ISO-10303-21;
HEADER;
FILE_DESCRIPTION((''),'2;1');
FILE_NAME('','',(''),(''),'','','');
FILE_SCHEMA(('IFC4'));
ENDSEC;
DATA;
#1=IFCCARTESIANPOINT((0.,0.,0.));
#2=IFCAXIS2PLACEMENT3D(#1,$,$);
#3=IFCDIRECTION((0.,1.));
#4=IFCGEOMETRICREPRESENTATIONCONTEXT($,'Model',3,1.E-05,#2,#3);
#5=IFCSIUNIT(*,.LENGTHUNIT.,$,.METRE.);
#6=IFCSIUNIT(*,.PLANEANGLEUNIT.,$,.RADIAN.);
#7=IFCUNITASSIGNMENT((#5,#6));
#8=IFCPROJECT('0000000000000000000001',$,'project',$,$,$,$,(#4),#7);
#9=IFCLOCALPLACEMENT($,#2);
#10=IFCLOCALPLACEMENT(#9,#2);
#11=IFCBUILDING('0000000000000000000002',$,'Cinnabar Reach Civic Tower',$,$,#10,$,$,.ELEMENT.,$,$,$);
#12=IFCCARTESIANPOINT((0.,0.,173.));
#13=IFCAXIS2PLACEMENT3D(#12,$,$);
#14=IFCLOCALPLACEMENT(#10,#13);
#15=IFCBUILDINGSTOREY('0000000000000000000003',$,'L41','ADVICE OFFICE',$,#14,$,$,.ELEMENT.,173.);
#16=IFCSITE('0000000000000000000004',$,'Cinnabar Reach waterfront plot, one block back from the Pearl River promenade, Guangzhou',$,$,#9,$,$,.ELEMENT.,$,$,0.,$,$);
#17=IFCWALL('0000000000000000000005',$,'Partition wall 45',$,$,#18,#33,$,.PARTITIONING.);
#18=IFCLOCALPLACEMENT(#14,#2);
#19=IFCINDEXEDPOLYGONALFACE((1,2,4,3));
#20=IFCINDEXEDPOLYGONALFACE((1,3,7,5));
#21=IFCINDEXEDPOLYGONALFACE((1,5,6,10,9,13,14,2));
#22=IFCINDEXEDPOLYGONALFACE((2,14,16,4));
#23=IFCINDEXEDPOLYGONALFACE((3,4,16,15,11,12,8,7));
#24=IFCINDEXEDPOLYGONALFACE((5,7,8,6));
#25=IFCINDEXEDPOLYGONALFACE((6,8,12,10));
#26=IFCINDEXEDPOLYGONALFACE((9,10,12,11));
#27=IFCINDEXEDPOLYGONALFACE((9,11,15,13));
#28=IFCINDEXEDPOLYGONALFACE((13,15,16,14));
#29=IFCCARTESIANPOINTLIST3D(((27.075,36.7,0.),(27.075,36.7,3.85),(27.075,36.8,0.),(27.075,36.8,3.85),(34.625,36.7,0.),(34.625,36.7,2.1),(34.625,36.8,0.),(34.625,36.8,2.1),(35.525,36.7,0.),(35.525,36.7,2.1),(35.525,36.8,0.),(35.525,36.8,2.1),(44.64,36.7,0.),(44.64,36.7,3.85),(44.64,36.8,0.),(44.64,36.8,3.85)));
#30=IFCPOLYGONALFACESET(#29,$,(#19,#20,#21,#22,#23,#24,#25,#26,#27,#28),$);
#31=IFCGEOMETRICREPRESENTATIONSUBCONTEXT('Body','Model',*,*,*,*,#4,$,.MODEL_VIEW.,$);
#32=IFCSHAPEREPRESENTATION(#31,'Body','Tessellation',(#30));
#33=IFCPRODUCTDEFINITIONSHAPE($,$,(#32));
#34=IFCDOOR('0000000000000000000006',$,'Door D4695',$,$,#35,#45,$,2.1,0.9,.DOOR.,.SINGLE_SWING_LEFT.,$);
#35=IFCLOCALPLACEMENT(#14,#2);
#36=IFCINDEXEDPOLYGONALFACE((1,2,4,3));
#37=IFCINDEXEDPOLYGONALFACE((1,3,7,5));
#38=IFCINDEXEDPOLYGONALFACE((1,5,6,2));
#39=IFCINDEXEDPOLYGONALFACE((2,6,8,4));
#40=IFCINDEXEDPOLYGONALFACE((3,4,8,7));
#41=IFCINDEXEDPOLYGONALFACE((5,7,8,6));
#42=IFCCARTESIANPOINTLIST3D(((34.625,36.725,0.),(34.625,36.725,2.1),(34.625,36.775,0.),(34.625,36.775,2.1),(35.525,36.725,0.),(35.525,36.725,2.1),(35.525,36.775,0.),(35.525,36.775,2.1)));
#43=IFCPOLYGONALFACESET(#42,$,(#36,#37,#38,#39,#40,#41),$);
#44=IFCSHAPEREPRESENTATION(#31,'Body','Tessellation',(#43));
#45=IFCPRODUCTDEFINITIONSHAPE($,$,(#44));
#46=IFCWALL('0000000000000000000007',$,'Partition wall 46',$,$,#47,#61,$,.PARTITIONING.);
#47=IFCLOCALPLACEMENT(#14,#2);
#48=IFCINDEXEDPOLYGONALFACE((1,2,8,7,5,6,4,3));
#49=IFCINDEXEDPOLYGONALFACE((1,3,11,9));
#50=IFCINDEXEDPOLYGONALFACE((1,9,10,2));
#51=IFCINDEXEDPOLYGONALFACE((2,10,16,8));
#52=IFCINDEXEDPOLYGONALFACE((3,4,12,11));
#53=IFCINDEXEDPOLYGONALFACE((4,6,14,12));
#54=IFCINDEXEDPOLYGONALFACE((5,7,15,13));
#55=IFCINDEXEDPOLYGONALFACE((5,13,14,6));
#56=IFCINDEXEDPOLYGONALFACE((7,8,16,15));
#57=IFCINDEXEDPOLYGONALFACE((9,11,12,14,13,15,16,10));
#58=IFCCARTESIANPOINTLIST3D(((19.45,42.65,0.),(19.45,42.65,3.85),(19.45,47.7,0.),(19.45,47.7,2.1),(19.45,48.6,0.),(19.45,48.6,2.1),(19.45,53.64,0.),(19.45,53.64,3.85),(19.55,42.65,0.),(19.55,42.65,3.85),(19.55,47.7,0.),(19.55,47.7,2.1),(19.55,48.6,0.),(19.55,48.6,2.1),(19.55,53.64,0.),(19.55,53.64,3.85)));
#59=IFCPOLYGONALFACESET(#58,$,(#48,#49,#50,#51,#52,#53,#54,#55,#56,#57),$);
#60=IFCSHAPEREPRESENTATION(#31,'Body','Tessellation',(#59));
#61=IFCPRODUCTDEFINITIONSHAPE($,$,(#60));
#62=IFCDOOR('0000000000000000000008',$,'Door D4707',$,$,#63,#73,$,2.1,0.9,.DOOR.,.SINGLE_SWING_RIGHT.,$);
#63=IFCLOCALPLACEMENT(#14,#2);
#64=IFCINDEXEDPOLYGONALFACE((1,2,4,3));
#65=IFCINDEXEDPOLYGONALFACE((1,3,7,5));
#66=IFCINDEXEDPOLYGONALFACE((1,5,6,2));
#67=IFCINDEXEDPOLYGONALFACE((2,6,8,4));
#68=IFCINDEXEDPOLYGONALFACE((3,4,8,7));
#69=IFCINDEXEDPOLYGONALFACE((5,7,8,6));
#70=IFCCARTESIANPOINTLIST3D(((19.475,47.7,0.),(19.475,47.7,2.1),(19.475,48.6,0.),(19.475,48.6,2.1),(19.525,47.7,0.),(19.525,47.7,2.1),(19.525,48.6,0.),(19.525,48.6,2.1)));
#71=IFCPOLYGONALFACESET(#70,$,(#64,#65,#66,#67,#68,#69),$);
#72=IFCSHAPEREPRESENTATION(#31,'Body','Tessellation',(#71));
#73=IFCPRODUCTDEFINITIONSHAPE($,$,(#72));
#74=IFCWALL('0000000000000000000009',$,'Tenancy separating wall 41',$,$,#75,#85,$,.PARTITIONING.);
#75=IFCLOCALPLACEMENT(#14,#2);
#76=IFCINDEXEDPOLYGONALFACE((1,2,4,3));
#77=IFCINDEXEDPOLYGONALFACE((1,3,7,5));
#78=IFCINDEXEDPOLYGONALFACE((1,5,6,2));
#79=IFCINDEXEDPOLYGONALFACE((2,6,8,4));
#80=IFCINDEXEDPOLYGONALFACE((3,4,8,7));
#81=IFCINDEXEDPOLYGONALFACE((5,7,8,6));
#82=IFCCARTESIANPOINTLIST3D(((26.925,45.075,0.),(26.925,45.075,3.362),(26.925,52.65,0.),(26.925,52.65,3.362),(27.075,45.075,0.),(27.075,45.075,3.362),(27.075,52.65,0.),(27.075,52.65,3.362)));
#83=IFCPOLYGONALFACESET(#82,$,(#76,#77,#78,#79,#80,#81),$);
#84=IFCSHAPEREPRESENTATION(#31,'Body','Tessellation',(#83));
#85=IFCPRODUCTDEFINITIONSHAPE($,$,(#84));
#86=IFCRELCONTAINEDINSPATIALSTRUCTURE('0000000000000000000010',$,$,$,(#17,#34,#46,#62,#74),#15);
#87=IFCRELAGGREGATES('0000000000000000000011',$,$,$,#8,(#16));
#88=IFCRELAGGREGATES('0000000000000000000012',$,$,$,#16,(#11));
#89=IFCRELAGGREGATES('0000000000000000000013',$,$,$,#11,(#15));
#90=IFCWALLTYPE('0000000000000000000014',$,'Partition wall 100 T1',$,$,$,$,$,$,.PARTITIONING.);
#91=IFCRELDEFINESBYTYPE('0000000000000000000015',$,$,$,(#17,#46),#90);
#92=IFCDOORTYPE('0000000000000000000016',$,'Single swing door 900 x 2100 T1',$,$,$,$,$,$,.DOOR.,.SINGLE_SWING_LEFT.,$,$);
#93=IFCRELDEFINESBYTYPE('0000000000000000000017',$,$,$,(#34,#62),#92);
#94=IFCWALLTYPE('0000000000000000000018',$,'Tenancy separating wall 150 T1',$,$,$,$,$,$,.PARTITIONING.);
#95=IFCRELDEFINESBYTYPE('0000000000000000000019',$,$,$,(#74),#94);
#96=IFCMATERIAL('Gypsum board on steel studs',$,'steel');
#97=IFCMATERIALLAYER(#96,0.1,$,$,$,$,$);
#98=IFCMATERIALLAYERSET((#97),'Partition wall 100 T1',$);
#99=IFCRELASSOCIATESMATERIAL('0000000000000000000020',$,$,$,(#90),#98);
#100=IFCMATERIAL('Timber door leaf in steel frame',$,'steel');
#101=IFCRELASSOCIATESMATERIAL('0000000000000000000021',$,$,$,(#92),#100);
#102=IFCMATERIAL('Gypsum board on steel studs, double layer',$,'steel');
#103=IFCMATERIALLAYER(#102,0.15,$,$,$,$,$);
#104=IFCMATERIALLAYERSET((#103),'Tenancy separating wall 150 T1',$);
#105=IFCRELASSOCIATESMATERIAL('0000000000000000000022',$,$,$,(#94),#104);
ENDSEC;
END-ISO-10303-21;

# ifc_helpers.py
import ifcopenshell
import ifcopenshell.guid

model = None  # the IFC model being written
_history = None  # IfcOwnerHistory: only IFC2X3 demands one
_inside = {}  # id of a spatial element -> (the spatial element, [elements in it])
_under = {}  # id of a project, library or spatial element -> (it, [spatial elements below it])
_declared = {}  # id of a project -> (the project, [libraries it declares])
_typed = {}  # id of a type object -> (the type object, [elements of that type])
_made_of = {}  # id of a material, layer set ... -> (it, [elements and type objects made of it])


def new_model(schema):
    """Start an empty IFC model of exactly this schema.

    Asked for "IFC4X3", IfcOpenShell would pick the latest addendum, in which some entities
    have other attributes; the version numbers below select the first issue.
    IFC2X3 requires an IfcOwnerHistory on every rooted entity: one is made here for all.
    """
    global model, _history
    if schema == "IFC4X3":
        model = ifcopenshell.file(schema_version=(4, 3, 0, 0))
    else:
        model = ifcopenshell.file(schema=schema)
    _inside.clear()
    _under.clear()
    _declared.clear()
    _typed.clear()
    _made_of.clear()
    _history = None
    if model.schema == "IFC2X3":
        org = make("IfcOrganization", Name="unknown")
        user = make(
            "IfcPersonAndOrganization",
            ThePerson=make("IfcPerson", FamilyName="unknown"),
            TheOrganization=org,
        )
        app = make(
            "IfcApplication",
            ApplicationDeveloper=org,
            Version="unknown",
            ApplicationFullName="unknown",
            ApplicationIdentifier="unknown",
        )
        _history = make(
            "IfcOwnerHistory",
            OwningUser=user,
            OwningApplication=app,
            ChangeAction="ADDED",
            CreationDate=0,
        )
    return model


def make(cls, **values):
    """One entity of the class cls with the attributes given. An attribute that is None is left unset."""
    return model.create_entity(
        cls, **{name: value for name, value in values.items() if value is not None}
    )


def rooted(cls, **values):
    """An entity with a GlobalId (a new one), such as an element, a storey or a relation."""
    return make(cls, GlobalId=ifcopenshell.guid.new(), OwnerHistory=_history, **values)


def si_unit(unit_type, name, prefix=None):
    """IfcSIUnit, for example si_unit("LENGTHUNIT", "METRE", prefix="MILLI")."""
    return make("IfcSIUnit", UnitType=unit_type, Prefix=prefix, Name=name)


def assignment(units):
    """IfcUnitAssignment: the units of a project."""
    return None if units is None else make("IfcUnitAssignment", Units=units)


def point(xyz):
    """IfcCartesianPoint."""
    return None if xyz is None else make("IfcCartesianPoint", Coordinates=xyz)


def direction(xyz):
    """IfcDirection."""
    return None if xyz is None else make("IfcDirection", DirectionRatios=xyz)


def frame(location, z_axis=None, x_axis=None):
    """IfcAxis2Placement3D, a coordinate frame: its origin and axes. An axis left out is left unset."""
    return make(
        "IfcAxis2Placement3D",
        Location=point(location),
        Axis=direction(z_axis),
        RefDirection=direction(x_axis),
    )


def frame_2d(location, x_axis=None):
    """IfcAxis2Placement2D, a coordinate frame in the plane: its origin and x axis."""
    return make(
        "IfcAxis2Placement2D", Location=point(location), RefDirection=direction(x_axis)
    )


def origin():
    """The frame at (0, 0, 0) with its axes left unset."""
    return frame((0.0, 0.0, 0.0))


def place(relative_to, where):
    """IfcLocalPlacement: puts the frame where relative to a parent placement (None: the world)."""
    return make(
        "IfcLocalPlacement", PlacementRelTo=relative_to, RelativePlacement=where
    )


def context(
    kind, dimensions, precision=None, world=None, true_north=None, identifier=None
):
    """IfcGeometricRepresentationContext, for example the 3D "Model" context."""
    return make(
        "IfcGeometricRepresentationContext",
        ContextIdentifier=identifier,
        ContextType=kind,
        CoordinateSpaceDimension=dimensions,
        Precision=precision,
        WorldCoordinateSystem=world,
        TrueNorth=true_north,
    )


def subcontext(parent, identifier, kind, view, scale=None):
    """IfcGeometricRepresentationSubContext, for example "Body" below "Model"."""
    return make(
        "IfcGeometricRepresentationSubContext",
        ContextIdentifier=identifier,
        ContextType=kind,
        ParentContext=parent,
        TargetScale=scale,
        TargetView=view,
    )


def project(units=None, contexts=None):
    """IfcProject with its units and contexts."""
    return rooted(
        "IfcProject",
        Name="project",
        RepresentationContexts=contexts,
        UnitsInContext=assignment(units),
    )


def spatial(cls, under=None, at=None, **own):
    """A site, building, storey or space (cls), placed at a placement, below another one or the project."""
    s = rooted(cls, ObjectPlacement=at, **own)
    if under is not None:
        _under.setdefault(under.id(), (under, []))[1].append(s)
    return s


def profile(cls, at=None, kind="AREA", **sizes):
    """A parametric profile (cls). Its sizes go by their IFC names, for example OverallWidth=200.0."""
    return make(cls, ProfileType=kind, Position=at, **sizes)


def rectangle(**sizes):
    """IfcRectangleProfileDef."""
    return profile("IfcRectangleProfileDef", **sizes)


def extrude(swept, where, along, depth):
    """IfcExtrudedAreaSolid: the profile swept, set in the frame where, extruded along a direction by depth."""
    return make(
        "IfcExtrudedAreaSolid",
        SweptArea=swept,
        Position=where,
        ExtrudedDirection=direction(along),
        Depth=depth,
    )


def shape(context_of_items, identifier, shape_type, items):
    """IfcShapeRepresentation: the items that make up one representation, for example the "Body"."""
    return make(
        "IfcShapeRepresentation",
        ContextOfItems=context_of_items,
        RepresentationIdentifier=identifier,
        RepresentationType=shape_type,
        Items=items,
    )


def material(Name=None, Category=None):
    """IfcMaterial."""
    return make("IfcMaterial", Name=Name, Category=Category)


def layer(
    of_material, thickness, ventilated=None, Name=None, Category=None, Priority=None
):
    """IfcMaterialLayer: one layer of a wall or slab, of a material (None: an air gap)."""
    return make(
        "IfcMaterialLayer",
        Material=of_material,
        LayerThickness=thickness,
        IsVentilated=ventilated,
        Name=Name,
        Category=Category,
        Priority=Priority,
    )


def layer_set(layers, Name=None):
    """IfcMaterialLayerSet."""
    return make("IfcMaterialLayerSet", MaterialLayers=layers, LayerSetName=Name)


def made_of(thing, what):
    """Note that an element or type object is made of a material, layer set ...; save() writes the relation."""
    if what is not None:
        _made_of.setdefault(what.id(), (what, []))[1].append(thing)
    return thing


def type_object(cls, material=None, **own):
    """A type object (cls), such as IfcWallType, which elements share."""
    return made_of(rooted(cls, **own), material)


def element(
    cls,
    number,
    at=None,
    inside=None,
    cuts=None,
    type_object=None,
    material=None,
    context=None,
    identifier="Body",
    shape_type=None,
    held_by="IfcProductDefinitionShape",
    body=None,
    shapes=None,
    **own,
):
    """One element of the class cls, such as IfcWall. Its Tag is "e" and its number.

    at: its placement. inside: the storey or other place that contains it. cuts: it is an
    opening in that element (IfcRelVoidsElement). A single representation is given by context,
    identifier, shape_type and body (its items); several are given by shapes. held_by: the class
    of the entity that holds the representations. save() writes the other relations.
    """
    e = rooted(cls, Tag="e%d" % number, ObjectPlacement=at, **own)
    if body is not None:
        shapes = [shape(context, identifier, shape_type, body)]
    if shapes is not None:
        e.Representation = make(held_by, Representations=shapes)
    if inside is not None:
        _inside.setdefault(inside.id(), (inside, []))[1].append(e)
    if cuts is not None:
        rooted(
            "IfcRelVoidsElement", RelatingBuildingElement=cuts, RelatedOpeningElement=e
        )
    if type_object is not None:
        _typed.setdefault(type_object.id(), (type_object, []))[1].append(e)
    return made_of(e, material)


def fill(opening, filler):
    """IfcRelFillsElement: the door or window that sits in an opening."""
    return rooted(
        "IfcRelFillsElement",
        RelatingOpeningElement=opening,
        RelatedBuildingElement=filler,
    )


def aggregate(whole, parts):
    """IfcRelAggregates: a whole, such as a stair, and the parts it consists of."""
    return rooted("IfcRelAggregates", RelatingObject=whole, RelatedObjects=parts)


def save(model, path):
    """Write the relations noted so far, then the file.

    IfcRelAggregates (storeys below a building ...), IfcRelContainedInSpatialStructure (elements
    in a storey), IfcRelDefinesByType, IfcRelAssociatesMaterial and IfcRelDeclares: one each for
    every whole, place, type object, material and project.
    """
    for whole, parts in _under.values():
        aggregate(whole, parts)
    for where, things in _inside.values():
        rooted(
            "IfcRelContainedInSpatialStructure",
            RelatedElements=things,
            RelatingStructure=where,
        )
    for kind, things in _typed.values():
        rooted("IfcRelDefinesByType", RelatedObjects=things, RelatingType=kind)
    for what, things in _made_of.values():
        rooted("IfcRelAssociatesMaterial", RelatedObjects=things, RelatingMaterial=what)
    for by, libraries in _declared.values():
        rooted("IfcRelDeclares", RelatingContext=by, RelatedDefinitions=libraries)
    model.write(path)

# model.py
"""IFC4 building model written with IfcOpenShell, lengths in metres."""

from ifc_helpers import new_model, si_unit, direction, frame, frame_2d, origin, place, context, subcontext, project, spatial, rectangle, extrude, material, layer, layer_set, type_object, element, fill, save


model = new_model("IFC4")

# Units and contexts
model_context = context("Model", 3, precision=1e-05, world=origin(), true_north=direction((0.0, 1.0)))
body_context = subcontext(model_context, "Body", "Model", "MODEL_VIEW")
ifc_project = project(units=[si_unit("LENGTHUNIT", "METRE"), si_unit("PLANEANGLEUNIT", "RADIAN")], contexts=[model_context])

# Site, building, storey
site_placement = place(None, origin())
site = spatial("IfcSite", under=ifc_project, at=site_placement, Name="Cinnabar Reach waterfront plot, one block back from the Pearl River promenade, Guangzhou", CompositionType="ELEMENT", RefElevation=0.0)
building_placement = place(site_placement, origin())
building = spatial("IfcBuilding", under=site, at=building_placement, Name="Cinnabar Reach Civic Tower", CompositionType="ELEMENT")
storey_placement = place(building_placement, frame((0.0, 0.0, 173.0)))
storey = spatial("IfcBuildingStorey", under=building, at=storey_placement, Name="L41", Description="ADVICE OFFICE", CompositionType="ELEMENT", Elevation=173.0)

# Shared definitions
ifc_material_1 = material(Name="Gypsum board on steel studs, double layer", Category="steel")
ifc_material_2 = material(Name="Timber door leaf in steel frame", Category="steel")

# Walls, openings, doors
ifc_material_3 = material(Name="Gypsum board on steel studs", Category="steel")
ifc_layer_1 = layer(ifc_material_3, 0.1)
ifc_layer_set_1 = layer_set([ifc_layer_1], Name="Partition wall 100 T1")
wall_type_1 = type_object("IfcWallType", Name="Partition wall 100 T1", PredefinedType="PARTITIONING", material=ifc_layer_set_1)
wall_1_placement = place(storey_placement, frame((27.075, 36.75, 0.0), z_axis=(0.0, 0.0, 1.0), x_axis=(1.0, 0.0, 0.0)))
wall_1 = element("IfcWall", 1, at=wall_1_placement, inside=storey, type_object=wall_type_1, Name="Partition wall 45", PredefinedType="PARTITIONING", context=body_context, shape_type="SweptSolid", body=[
    extrude(rectangle(XDim=17.565, YDim=0.1, at=frame_2d((8.7825, 0.0))), origin(), (0.0, 0.0, 1.0), 3.85),
])
opening_1_placement = place(wall_1_placement, frame((7.55, 0.0, 0.0)))
opening_1 = element("IfcOpeningElement", 2, at=opening_1_placement, cuts=wall_1, PredefinedType="OPENING", context=body_context, shape_type="SweptSolid", body=[
    extrude(rectangle(XDim=0.9, YDim=2.1, at=frame_2d((0.45, 1.05))), frame((0.0, 0.06, 0.0), z_axis=(0.0, -1.0, 0.0), x_axis=(1.0, 0.0, 0.0)), (0.0, 0.0, 1.0), 0.12),
])
door_type_1 = type_object("IfcDoorType", Name="Single swing door 900 x 2100 T1", OperationType="SINGLE_SWING_LEFT", PredefinedType="DOOR", material=ifc_material_2)
door_1_placement = place(opening_1_placement, frame((0.9, 0.0, 0.0), z_axis=(0.0, 0.0, 1.0), x_axis=(-1.0, 0.0, 0.0)))
door_1 = element("IfcDoor", 3, at=door_1_placement, inside=storey, type_object=door_type_1, Name="Door D4695", OperationType="SINGLE_SWING_LEFT", OverallHeight=2.1, OverallWidth=0.9, PredefinedType="DOOR", context=body_context, shape_type="SweptSolid", body=[
    extrude(rectangle(XDim=0.9, YDim=2.1, at=frame_2d((0.45, 1.05))), frame((0.0, 0.025, 0.0), z_axis=(0.0, -1.0, 0.0), x_axis=(1.0, 0.0, 0.0)), (0.0, 0.0, 1.0), 0.05),
])
fill(opening_1, door_1)
wall_2_placement = place(storey_placement, frame((19.5, 42.65, 0.0), z_axis=(0.0, 0.0, 1.0), x_axis=(0.0, 1.0, 0.0)))
wall_2 = element("IfcWall", 4, at=wall_2_placement, inside=storey, type_object=wall_type_1, Name="Partition wall 46", PredefinedType="PARTITIONING", context=body_context, shape_type="SweptSolid", body=[
    extrude(rectangle(XDim=10.99, YDim=0.1, at=frame_2d((5.495, 0.0))), origin(), (0.0, 0.0, 1.0), 3.85),
])
opening_2_placement = place(wall_2_placement, frame((5.05, 0.0, 0.0)))
opening_2 = element("IfcOpeningElement", 5, at=opening_2_placement, cuts=wall_2, PredefinedType="OPENING", context=body_context, shape_type="SweptSolid", body=[
    extrude(rectangle(XDim=0.9, YDim=2.1, at=frame_2d((0.45, 1.05))), frame((0.0, 0.06, 0.0), z_axis=(0.0, -1.0, 0.0), x_axis=(1.0, 0.0, 0.0)), (0.0, 0.0, 1.0), 0.12),
])
door_2_placement = place(opening_2_placement, origin())
door_2 = element("IfcDoor", 6, at=door_2_placement, inside=storey, type_object=door_type_1, Name="Door D4707", OperationType="SINGLE_SWING_RIGHT", OverallHeight=2.1, OverallWidth=0.9, PredefinedType="DOOR", context=body_context, shape_type="SweptSolid", body=[
    extrude(rectangle(XDim=0.9, YDim=2.1, at=frame_2d((0.45, 1.05))), frame((0.0, 0.025, 0.0), z_axis=(0.0, -1.0, 0.0), x_axis=(1.0, 0.0, 0.0)), (0.0, 0.0, 1.0), 0.05),
])
fill(opening_2, door_2)

# Wall
ifc_layer_2 = layer(ifc_material_1, 0.15)
ifc_layer_set_2 = layer_set([ifc_layer_2], Name="Tenancy separating wall 150 T1")
wall_type_2 = type_object("IfcWallType", Name="Tenancy separating wall 150 T1", PredefinedType="PARTITIONING", material=ifc_layer_set_2)
wall_3_placement = place(storey_placement, frame((27.0, 45.075, 0.0), z_axis=(0.0, 0.0, 1.0), x_axis=(0.0, 1.0, 0.0)))
element("IfcWall", 7, at=wall_3_placement, inside=storey, type_object=wall_type_2, Name="Tenancy separating wall 41", PredefinedType="PARTITIONING", context=body_context, shape_type="SweptSolid", body=[
    extrude(rectangle(XDim=7.575, YDim=0.15, at=frame_2d((3.7875, 0.0))), origin(), (0.0, 0.0, 1.0), 3.362),
])

save(model, "model.ifc")
